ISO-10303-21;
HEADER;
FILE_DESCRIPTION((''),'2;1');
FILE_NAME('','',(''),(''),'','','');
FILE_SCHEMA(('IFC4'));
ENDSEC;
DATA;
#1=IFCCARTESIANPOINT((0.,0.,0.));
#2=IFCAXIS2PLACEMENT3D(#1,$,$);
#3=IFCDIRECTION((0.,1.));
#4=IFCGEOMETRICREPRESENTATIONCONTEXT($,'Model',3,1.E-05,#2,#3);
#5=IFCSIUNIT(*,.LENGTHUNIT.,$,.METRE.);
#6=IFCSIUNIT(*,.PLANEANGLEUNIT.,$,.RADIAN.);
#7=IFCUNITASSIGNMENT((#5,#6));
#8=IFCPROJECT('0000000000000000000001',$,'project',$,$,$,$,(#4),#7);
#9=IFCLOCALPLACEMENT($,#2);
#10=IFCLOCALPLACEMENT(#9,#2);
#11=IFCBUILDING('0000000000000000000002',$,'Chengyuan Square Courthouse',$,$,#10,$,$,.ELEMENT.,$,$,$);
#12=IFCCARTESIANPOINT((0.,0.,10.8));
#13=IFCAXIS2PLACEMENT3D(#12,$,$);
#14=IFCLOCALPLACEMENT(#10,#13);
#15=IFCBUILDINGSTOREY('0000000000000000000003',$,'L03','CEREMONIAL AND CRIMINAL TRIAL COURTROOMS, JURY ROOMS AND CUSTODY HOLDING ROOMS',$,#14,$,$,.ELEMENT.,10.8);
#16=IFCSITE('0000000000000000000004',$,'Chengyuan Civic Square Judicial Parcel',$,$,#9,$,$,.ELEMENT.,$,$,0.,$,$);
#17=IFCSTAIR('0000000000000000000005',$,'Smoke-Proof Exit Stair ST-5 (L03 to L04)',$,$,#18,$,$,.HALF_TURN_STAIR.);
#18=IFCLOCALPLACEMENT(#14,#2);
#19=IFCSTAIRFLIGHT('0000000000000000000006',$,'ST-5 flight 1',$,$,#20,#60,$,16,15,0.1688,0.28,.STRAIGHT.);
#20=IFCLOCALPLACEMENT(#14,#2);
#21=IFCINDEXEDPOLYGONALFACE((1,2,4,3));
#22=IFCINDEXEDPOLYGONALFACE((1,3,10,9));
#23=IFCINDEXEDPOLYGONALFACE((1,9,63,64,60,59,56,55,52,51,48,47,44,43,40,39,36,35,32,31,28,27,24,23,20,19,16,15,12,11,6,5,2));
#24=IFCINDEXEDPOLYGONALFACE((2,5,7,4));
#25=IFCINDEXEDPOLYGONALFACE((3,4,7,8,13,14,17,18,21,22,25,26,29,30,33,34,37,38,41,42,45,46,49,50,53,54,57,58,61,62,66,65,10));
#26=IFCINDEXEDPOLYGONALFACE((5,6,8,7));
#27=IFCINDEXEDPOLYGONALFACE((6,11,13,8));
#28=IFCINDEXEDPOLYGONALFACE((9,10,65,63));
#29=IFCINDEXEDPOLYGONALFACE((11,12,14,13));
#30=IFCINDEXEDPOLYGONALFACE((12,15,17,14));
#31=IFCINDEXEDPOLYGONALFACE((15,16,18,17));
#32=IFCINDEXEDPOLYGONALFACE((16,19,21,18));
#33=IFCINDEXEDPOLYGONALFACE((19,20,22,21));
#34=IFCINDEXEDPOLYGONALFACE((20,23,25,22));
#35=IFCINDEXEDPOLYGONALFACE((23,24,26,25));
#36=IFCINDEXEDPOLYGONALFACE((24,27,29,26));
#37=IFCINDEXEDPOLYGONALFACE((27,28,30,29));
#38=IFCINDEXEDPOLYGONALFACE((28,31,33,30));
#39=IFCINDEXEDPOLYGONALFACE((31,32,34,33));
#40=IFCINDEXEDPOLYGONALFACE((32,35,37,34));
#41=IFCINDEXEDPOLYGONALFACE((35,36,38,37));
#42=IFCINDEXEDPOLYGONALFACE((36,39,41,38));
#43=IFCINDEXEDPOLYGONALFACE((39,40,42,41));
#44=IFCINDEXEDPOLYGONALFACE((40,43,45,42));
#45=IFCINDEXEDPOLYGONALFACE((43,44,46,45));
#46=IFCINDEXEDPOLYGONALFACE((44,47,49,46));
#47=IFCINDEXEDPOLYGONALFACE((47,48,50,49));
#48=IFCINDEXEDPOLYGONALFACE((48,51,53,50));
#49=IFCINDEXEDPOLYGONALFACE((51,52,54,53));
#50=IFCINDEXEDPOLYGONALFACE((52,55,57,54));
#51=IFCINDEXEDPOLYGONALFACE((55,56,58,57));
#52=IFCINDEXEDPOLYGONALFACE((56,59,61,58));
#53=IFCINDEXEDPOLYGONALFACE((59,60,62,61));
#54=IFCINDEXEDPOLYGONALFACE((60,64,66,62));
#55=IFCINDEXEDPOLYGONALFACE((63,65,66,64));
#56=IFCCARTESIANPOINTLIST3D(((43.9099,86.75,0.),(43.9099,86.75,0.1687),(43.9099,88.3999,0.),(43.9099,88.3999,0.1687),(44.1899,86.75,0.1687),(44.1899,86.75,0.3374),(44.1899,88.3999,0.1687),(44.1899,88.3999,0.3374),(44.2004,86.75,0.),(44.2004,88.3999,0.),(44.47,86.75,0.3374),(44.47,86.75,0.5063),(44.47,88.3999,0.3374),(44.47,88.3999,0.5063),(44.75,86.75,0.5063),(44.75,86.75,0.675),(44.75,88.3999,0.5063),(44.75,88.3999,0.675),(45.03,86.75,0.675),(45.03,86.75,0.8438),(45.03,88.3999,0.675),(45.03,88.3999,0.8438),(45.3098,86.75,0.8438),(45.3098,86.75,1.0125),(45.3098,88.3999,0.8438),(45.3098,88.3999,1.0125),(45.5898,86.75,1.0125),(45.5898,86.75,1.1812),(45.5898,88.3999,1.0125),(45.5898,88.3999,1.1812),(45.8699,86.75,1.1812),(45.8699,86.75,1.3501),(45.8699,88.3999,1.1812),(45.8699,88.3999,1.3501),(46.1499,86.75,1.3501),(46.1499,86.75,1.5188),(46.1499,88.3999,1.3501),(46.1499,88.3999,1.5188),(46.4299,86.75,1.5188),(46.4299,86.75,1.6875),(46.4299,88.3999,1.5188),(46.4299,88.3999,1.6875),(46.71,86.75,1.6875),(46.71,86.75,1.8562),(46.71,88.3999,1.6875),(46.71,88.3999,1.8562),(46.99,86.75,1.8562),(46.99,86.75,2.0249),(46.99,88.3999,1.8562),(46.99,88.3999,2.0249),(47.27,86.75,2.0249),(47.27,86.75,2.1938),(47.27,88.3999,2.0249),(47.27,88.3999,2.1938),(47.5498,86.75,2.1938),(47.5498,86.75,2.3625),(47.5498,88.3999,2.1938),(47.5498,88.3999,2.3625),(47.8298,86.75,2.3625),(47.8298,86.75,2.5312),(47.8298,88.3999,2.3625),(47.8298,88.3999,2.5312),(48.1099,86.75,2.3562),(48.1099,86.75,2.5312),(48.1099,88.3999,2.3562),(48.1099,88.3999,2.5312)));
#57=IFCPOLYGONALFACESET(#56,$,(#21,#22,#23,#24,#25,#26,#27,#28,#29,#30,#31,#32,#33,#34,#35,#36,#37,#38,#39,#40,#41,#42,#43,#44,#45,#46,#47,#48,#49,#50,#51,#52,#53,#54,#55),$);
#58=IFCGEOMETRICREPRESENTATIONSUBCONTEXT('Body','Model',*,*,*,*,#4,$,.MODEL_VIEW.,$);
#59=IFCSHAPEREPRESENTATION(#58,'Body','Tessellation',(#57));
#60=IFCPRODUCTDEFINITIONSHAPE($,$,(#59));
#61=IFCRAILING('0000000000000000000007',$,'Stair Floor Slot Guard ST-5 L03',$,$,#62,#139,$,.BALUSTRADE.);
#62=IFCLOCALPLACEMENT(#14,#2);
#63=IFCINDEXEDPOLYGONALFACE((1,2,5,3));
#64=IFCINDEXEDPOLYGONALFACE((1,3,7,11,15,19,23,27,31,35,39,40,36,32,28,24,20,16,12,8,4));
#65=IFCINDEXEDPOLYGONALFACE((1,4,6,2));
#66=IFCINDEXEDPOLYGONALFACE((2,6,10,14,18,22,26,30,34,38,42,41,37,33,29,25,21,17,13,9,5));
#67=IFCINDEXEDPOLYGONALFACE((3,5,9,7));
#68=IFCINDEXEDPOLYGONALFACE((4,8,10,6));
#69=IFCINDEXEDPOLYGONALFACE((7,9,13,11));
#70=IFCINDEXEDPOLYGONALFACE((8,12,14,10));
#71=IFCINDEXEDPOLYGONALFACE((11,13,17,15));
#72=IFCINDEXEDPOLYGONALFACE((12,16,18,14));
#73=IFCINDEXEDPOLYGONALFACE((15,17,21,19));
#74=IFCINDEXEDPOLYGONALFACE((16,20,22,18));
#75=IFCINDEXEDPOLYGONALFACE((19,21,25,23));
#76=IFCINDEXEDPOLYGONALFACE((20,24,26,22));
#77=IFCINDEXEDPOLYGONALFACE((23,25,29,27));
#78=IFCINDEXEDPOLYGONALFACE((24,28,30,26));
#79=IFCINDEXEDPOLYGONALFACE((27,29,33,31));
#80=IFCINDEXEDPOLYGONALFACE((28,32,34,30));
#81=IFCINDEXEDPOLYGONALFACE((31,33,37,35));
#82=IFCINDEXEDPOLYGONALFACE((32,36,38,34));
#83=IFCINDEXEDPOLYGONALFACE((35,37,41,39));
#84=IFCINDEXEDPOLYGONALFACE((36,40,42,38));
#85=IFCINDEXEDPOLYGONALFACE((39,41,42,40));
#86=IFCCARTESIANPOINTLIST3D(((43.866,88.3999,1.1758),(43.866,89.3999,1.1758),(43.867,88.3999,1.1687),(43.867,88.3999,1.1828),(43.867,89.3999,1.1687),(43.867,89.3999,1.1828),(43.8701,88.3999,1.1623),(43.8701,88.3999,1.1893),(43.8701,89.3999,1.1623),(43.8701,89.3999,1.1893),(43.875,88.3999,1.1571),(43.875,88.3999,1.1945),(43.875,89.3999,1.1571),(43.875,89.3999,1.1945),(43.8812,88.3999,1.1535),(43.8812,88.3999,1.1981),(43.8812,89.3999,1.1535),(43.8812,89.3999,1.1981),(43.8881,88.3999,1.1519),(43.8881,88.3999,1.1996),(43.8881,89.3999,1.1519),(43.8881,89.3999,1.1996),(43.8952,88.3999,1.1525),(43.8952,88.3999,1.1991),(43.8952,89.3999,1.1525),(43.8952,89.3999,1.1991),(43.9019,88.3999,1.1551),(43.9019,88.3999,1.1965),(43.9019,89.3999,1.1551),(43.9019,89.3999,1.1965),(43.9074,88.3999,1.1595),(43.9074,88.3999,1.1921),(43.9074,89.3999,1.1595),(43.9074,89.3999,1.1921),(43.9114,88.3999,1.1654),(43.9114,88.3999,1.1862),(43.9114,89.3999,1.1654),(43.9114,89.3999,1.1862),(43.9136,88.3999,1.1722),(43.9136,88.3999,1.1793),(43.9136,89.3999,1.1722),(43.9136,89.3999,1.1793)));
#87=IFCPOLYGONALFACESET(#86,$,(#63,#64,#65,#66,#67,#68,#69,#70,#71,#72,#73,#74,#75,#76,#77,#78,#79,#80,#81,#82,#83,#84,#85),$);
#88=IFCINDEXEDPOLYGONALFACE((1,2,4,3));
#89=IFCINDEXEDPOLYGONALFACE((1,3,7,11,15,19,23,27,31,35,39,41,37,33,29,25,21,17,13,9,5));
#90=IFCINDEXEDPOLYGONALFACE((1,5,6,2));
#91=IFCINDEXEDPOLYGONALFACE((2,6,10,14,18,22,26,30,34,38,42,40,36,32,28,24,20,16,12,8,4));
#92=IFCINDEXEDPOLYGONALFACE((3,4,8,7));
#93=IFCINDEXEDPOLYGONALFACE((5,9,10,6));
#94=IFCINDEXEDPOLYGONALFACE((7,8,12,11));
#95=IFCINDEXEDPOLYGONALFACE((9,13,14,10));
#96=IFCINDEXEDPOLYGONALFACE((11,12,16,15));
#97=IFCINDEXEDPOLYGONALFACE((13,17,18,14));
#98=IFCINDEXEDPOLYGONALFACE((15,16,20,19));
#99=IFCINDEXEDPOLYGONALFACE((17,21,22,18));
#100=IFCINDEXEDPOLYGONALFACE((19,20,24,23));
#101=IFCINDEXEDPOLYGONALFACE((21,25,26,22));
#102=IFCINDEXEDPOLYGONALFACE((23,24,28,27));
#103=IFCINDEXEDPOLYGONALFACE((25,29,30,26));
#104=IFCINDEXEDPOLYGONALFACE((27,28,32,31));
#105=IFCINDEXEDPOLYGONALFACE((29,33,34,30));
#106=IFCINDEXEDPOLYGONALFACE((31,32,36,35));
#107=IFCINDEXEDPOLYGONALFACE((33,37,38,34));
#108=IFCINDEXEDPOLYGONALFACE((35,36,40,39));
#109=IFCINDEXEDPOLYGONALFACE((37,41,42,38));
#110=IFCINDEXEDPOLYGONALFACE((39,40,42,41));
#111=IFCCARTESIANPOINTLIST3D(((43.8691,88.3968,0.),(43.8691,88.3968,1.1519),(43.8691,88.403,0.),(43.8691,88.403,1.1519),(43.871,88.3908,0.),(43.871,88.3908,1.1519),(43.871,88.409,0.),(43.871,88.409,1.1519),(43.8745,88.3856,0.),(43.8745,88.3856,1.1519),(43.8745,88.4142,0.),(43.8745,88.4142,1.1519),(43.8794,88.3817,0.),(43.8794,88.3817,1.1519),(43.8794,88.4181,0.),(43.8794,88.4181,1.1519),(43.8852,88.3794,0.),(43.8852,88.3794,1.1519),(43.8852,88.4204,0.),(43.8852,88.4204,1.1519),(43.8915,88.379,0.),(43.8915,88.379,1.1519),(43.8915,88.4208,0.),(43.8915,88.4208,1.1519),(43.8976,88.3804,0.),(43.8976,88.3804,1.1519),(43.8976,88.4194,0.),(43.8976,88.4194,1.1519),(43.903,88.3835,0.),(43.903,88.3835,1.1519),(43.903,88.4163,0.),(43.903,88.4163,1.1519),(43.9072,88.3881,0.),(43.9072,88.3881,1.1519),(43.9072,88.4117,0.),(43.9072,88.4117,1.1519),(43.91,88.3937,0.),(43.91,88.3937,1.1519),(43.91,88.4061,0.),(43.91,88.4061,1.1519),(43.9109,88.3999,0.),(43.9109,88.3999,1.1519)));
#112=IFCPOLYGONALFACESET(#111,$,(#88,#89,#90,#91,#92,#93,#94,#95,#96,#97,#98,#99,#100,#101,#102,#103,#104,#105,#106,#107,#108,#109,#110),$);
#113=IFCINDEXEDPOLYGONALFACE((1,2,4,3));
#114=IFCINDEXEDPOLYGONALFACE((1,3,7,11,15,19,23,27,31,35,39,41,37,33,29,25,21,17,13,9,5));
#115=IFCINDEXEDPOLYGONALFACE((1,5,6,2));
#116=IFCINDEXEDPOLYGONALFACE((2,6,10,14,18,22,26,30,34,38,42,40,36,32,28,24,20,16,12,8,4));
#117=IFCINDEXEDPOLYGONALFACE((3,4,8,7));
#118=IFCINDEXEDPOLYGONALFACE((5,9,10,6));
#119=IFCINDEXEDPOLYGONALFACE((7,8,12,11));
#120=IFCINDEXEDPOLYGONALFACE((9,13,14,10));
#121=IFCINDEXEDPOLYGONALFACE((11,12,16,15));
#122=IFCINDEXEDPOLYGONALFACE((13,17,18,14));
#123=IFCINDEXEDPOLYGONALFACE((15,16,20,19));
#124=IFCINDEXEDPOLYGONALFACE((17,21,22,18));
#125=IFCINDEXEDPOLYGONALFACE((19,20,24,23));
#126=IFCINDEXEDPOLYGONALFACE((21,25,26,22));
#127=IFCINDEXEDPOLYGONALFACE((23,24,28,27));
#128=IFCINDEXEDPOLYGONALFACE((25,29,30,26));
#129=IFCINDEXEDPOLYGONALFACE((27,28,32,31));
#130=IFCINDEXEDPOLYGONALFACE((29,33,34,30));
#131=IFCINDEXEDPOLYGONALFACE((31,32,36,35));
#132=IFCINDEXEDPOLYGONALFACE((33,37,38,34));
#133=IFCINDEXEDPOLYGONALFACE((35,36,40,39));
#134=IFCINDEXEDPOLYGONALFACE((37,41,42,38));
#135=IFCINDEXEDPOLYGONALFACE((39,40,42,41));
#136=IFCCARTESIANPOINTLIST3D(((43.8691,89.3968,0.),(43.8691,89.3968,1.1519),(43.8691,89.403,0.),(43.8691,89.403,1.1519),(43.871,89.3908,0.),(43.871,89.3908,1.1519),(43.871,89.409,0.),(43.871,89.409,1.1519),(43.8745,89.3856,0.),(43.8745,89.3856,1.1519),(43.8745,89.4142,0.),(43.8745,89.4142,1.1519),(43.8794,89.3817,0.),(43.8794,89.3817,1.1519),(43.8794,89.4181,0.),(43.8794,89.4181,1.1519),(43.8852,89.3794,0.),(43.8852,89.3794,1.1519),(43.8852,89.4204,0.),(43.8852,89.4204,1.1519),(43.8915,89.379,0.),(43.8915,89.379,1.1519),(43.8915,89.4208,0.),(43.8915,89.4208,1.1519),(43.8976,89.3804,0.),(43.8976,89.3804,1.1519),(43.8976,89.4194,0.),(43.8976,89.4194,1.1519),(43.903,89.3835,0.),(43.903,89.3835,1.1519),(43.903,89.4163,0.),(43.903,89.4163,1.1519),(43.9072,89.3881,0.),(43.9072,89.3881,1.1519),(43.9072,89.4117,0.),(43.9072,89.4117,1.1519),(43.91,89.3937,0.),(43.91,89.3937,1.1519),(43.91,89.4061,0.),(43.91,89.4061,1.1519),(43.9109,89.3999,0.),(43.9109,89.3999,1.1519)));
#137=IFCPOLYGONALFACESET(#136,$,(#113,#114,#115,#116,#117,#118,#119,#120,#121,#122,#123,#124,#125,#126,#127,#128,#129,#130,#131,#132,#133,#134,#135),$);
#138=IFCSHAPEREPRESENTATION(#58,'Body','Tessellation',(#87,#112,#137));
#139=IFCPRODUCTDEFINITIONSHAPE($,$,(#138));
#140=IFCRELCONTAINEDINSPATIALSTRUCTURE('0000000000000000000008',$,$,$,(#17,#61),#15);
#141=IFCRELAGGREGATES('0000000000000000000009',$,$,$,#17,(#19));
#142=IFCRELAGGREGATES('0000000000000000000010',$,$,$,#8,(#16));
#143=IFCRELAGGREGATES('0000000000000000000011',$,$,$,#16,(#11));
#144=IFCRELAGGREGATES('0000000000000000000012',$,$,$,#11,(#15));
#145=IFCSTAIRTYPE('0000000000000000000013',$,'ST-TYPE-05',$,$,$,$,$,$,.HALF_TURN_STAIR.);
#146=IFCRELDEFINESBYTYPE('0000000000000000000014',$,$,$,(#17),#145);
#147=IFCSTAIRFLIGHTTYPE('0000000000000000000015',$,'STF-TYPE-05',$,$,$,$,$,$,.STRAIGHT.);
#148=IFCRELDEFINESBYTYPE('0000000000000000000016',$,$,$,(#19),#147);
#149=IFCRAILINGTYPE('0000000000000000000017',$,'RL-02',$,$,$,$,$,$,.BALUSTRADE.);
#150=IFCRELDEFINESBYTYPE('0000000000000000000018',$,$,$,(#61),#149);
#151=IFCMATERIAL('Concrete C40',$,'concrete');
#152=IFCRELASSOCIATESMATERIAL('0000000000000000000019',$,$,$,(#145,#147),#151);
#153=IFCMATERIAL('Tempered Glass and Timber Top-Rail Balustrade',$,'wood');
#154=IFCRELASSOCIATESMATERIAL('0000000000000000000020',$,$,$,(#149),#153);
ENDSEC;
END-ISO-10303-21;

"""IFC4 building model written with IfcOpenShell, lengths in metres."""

from ifc_helpers import new_model, si_unit, direction, frame, origin, origin_2d, place, context, subcontext, project, spatial, polyline, circle, outline, extrude, material, type_object, element, aggregate, save


model = new_model("IFC4")

# Units and contexts
model_context = context("Model", 3, precision=1e-05, world=origin(), true_north=direction((0.0, 1.0)))
body_context = subcontext(model_context, "Body", "Model", "MODEL_VIEW")
ifc_project = project(units=[si_unit("LENGTHUNIT", "METRE"), si_unit("PLANEANGLEUNIT", "RADIAN")], contexts=[model_context])

# Site, building, storey
site_placement = place(None, origin())
site = spatial("IfcSite", under=ifc_project, at=site_placement, Name="Chengyuan Civic Square Judicial Parcel", CompositionType="ELEMENT", RefElevation=0.0)
building_placement = place(site_placement, origin())
building = spatial("IfcBuilding", under=site, at=building_placement, Name="Chengyuan Square Courthouse", CompositionType="ELEMENT")
storey_placement = place(building_placement, frame((0.0, 0.0, 10.8)))
storey = spatial("IfcBuildingStorey", under=building, at=storey_placement, Name="L03", Description="CEREMONIAL AND CRIMINAL TRIAL COURTROOMS, JURY ROOMS AND CUSTODY HOLDING ROOMS", CompositionType="ELEMENT", Elevation=10.8)

# Shared definitions
ifc_material_1 = material(Name="Concrete C40", Category="concrete")

# Stair, stair flight
stair_type = type_object("IfcStairType", Name="ST-TYPE-05", PredefinedType="HALF_TURN_STAIR", material=ifc_material_1)
stair_placement = place(storey_placement, origin())
stair = element("IfcStair", 1, at=stair_placement, inside=storey, type_object=stair_type, Name="Smoke-Proof Exit Stair ST-5 (L03 to L04)", PredefinedType="HALF_TURN_STAIR")
stair_flight_type = type_object("IfcStairFlightType", Name="STF-TYPE-05", PredefinedType="STRAIGHT", material=ifc_material_1)
stair_flight_placement = place(storey_placement, frame((43.9099, 87.575, 0.0), z_axis=(0.0, 0.0, 1.0), x_axis=(1.0, 0.0, 0.0)))
stair_flight = element("IfcStairFlight", 2, at=stair_flight_placement, type_object=stair_flight_type, Name="ST-5 flight 1", NumberOfRisers=16, NumberOfTreads=15, PredefinedType="STRAIGHT", RiserHeight=0.1688, TreadLength=0.28, context=body_context, shape_type="SweptSolid", body=[
    extrude(outline(polyline([(0.0, 0.0), (0.0, 0.1687), (0.28, 0.1687), (0.28, 0.3374), (0.5601, 0.3374), (0.5601, 0.5063), (0.8401, 0.5063), (0.8401, 0.675), (1.1201, 0.675), (1.1201, 0.8438), (1.3999, 0.8438), (1.3999, 1.0125), (1.6799, 1.0125), (1.6799, 1.1812), (1.96, 1.1812), (1.96, 1.3501), (2.24, 1.3501), (2.24, 1.5188), (2.52, 1.5188), (2.52, 1.6875), (2.8, 1.6875), (2.8, 1.8562), (3.0801, 1.8562), (3.0801, 2.0249), (3.3601, 2.0249), (3.3601, 2.1938), (3.6399, 2.1938), (3.6399, 2.3625), (3.9199, 2.3625), (3.9199, 2.5312), (4.2, 2.5312), (4.2, 2.7), (4.2, 2.3562), (0.2905, 0.0), (0.0, 0.0)])), frame((0.0, 0.825, 0.0), z_axis=(0.0, -1.0, 0.0), x_axis=(1.0, 0.0, 0.0)), (0.0, 0.0, 1.0), 1.6499),
])
aggregate(stair, [stair_flight])

# Railing
ifc_material_2 = material(Name="Tempered Glass and Timber Top-Rail Balustrade", Category="wood")
railing_type_1 = type_object("IfcRailingType", Name="RL-02", PredefinedType="BALUSTRADE", material=ifc_material_2)
for number, where, name in (
    (3, (43.8899, 88.3999, 0.0), "Stair Floor Slot Guard ST-5 L03"),
):
    element("IfcRailing", number, at=place(storey_placement, frame(where)), inside=storey, type_object=railing_type_1, Name=name, PredefinedType="BALUSTRADE", context=body_context, shape_type="SweptSolid", body=[
        extrude(circle(Radius=0.0239, at=origin_2d()), frame((0.0, 0.0, 1.1758), z_axis=(0.0, 1.0, 0.0), x_axis=(-1.0, 0.0, 0.0)), (0.0, 0.0, 1.0), 1.0),
        extrude(circle(Radius=0.021, at=origin_2d()), origin(), (0.0, 0.0, 1.0), 1.1519),
        extrude(circle(Radius=0.021, at=origin_2d()), frame((0.0, 1.0, 0.0)), (0.0, 0.0, 1.0), 1.1519),
    ])

save(model, "model.ifc")
